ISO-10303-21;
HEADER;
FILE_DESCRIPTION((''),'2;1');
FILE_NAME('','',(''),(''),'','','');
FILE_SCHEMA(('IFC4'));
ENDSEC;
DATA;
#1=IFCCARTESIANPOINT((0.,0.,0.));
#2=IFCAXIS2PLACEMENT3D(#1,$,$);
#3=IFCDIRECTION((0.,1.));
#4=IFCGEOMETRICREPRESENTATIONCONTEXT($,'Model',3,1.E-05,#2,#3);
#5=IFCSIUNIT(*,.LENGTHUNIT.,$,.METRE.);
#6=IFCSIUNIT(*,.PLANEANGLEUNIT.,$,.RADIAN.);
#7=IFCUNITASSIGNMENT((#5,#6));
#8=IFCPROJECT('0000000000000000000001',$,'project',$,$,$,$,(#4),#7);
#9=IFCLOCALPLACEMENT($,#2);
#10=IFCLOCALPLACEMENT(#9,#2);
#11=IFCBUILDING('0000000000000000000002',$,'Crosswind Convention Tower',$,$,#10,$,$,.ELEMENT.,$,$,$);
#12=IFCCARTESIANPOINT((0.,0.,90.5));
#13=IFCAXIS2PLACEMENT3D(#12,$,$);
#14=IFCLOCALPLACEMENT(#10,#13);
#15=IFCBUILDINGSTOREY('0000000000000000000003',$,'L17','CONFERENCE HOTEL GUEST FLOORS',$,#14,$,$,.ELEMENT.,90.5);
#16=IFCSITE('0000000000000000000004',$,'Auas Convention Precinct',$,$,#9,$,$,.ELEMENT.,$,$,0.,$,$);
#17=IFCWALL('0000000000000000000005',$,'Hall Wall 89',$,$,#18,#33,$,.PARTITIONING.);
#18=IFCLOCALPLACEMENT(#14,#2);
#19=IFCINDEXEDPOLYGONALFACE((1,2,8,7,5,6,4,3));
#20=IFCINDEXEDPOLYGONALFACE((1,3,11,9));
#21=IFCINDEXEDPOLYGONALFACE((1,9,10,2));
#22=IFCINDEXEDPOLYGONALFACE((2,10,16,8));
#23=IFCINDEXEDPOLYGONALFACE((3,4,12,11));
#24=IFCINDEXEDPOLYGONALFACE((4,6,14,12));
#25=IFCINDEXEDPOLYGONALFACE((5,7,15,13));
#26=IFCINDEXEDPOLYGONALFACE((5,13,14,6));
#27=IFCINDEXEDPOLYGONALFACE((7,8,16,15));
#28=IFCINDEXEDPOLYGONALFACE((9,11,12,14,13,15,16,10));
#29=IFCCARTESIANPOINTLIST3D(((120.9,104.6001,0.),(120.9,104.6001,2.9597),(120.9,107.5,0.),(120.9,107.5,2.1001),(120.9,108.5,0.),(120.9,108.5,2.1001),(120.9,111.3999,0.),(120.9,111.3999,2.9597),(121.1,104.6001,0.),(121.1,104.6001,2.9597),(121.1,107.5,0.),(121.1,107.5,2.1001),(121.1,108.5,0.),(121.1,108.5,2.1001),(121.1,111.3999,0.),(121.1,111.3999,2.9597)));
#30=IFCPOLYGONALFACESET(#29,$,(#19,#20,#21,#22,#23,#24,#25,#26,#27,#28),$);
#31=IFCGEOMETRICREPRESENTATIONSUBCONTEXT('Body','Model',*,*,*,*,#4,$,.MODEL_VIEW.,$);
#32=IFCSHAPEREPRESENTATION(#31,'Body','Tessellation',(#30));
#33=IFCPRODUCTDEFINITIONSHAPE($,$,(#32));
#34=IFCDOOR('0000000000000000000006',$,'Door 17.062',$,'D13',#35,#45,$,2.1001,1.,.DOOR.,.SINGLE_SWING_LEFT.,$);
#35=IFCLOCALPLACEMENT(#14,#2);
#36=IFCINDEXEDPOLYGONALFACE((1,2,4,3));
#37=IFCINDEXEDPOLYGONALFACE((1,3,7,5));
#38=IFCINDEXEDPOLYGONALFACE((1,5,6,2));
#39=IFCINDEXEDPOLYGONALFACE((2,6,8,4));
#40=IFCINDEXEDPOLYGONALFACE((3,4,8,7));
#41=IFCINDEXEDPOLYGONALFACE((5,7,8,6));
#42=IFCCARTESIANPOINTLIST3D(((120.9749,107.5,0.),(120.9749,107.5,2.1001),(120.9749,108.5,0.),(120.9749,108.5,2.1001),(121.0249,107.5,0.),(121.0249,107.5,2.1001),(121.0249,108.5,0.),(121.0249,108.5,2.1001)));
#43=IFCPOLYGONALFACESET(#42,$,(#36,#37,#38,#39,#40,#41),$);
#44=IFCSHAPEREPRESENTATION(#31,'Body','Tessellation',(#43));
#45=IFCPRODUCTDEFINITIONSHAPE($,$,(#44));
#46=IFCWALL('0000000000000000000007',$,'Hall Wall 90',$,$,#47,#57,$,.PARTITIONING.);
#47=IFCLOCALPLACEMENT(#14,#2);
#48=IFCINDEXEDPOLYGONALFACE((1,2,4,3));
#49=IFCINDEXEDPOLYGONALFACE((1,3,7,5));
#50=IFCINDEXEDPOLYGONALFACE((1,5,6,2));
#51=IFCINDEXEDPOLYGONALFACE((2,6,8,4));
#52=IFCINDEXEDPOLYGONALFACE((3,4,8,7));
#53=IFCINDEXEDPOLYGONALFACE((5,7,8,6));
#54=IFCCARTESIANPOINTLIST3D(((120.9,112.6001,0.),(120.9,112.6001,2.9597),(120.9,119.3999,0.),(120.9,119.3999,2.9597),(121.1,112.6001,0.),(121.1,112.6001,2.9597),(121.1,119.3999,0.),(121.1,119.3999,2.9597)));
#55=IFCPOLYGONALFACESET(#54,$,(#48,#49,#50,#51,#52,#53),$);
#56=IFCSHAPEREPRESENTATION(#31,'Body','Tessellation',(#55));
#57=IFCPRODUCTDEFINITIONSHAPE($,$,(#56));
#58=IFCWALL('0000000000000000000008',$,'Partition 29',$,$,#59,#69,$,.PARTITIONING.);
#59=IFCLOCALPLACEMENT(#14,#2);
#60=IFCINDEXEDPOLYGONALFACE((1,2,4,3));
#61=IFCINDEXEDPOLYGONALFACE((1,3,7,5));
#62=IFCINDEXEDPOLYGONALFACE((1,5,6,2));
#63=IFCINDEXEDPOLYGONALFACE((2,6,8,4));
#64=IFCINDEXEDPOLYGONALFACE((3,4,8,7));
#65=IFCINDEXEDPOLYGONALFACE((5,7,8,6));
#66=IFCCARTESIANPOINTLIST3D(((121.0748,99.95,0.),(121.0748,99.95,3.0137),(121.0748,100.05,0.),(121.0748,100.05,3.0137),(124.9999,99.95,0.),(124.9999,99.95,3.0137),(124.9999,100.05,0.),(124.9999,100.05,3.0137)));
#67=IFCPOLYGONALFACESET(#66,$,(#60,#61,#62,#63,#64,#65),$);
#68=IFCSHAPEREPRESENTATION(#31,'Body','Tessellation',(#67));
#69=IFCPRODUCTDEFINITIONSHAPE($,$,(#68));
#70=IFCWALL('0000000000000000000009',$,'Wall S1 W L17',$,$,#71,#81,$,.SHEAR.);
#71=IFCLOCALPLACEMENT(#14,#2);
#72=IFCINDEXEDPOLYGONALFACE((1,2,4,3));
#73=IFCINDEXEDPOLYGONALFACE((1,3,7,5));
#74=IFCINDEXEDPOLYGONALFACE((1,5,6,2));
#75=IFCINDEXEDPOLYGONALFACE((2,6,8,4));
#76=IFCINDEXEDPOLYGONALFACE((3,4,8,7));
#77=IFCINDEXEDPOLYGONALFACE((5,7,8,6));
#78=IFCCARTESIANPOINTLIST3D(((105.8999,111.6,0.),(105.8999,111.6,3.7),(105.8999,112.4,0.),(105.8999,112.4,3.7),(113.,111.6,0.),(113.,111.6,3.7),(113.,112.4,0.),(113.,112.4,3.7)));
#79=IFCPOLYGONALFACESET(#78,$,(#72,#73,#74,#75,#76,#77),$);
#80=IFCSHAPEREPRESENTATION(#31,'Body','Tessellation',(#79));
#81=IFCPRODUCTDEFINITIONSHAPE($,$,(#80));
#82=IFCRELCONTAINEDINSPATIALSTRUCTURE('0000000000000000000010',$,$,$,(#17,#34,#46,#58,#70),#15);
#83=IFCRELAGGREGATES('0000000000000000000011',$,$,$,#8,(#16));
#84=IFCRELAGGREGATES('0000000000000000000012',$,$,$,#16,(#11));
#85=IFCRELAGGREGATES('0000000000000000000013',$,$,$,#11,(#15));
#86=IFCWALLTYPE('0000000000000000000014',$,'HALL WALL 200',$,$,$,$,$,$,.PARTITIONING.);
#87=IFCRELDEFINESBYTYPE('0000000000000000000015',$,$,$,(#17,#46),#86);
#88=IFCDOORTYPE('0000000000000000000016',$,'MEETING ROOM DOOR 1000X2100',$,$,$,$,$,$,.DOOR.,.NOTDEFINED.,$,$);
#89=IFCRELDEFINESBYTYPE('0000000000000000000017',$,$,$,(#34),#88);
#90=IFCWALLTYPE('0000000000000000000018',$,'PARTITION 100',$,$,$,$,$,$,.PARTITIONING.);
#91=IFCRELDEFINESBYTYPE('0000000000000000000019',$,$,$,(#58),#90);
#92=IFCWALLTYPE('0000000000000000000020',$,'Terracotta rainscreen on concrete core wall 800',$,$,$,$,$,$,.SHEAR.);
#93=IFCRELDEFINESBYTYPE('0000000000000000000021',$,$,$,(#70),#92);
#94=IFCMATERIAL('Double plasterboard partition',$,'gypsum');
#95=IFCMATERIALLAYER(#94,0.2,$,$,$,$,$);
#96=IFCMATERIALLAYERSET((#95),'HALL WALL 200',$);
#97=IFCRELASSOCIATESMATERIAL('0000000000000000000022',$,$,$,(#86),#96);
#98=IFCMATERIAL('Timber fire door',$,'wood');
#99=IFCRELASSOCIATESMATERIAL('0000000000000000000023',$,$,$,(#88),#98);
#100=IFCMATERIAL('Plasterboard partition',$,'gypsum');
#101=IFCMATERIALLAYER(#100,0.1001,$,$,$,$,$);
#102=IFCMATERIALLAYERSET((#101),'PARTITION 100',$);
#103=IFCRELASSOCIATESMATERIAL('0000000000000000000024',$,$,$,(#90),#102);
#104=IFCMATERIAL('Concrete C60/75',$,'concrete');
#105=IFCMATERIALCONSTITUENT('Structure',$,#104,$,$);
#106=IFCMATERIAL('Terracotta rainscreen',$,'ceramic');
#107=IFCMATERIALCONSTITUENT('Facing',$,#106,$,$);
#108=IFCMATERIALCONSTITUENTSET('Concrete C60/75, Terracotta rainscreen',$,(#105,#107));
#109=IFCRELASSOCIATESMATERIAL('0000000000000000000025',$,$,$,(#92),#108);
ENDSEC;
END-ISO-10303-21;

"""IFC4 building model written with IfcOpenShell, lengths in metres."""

from ifc_helpers import new_model, si_unit, direction, frame, frame_2d, origin, place, context, subcontext, project, spatial, rectangle, extrude, material, layer, layer_set, constituent, constituent_set, type_object, element, fill, save


model = new_model("IFC4")

# Units and contexts
model_context = context("Model", 3, precision=1e-05, world=origin(), true_north=direction((0.0, 1.0)))
body_context = subcontext(model_context, "Body", "Model", "MODEL_VIEW")
ifc_project = project(units=[si_unit("LENGTHUNIT", "METRE"), si_unit("PLANEANGLEUNIT", "RADIAN")], contexts=[model_context])

# Site, building, storey
site_placement = place(None, origin())
site = spatial("IfcSite", under=ifc_project, at=site_placement, Name="Auas Convention Precinct", CompositionType="ELEMENT", RefElevation=0.0)
building_placement = place(site_placement, origin())
building = spatial("IfcBuilding", under=site, at=building_placement, Name="Crosswind Convention Tower", CompositionType="ELEMENT")
storey_placement = place(building_placement, frame((0.0, 0.0, 90.5)))
storey = spatial("IfcBuildingStorey", under=building, at=storey_placement, Name="L17", Description="CONFERENCE HOTEL GUEST FLOORS", CompositionType="ELEMENT", Elevation=90.5)

# Shared definitions
ifc_material_1 = material(Name="Plasterboard partition", Category="gypsum")

# Shared definitions
ifc_material_2 = material(Name="Timber fire door", Category="wood")

# Wall, opening, door
ifc_material_3 = material(Name="Double plasterboard partition", Category="gypsum")
ifc_layer_1 = layer(ifc_material_3, 0.2)
ifc_layer_set_1 = layer_set([ifc_layer_1], Name="HALL WALL 200")
wall_type_1 = type_object("IfcWallType", Name="HALL WALL 200", PredefinedType="PARTITIONING", material=ifc_layer_set_1)
wall_1_placement = place(storey_placement, frame((121.0, 104.6001, 0.0), z_axis=(0.0, 0.0, 1.0), x_axis=(0.0, 1.0, 0.0)))
wall_1 = element("IfcWall", 1, at=wall_1_placement, inside=storey, type_object=wall_type_1, Name="Hall Wall 89", PredefinedType="PARTITIONING", context=body_context, shape_type="SweptSolid", body=[
    extrude(rectangle(XDim=6.7998, YDim=0.2, at=frame_2d((3.3999, 0.0))), origin(), (0.0, 0.0, 1.0), 2.9597),
])
opening_1_placement = place(wall_1_placement, frame((2.8999, 0.0, 0.0)))
opening_1 = element("IfcOpeningElement", 2, at=opening_1_placement, cuts=wall_1, PredefinedType="OPENING", context=body_context, shape_type="SweptSolid", body=[
    extrude(rectangle(XDim=1.0, YDim=2.1001, at=frame_2d((0.5, 1.05))), frame((0.0, 0.1099, 0.0), z_axis=(0.0, -1.0, 0.0), x_axis=(1.0, 0.0, 0.0)), (0.0, 0.0, 1.0), 0.22),
])
door_type_1 = type_object("IfcDoorType", Name="MEETING ROOM DOOR 1000X2100", OperationType="NOTDEFINED", PredefinedType="DOOR", material=ifc_material_2)
door_1_placement = place(opening_1_placement, frame((1.0, 0.0, 0.0), z_axis=(0.0, 0.0, 1.0), x_axis=(-1.0, 0.0, 0.0)))
door_1 = element("IfcDoor", 3, at=door_1_placement, inside=storey, type_object=door_type_1, Name="Door 17.062", ObjectType="D13", OperationType="SINGLE_SWING_LEFT", OverallHeight=2.1001, OverallWidth=1.0, PredefinedType="DOOR", context=body_context, shape_type="SweptSolid", body=[
    extrude(rectangle(XDim=1.0, YDim=2.1001, at=frame_2d((0.5, 1.05))), frame((0.0, 0.0249, 0.0), z_axis=(0.0, -1.0, 0.0), x_axis=(1.0, 0.0, 0.0)), (0.0, 0.0, 1.0), 0.05),
])
fill(opening_1, door_1)

# Walls
wall_2_placement = place(storey_placement, frame((121.0, 112.6001, 0.0), z_axis=(0.0, 0.0, 1.0), x_axis=(0.0, 1.0, 0.0)))
element("IfcWall", 4, at=wall_2_placement, inside=storey, type_object=wall_type_1, Name="Hall Wall 90", PredefinedType="PARTITIONING", context=body_context, shape_type="SweptSolid", body=[
    extrude(rectangle(XDim=6.7998, YDim=0.2, at=frame_2d((3.3999, 0.0))), origin(), (0.0, 0.0, 1.0), 2.9597),
])
ifc_layer_2 = layer(ifc_material_1, 0.1001)
ifc_layer_set_2 = layer_set([ifc_layer_2], Name="PARTITION 100")
wall_type_2 = type_object("IfcWallType", Name="PARTITION 100", PredefinedType="PARTITIONING", material=ifc_layer_set_2)
wall_3_placement = place(storey_placement, frame((121.075, 100.0, 0.0), z_axis=(0.0, 0.0, 1.0), x_axis=(1.0, 0.0, 0.0)))
element("IfcWall", 5, at=wall_3_placement, inside=storey, type_object=wall_type_2, Name="Partition 29", PredefinedType="PARTITIONING", context=body_context, shape_type="SweptSolid", body=[
    extrude(rectangle(XDim=3.925, YDim=0.1001, at=frame_2d((1.9624, 0.0))), origin(), (0.0, 0.0, 1.0), 3.0137),
])
ifc_material_4 = material(Name="Concrete C60/75", Category="concrete")
ifc_constituent_1 = constituent(ifc_material_4, Name="Structure")
ifc_material_5 = material(Name="Terracotta rainscreen", Category="ceramic")
ifc_constituent_2 = constituent(ifc_material_5, Name="Facing")
ifc_constituent_set = constituent_set(constituents=[ifc_constituent_1, ifc_constituent_2], Name="Concrete C60/75, Terracotta rainscreen")
wall_type_3 = type_object("IfcWallType", Name="Terracotta rainscreen on concrete core wall 800", PredefinedType="SHEAR", material=ifc_constituent_set)
wall_4_placement = place(storey_placement, frame((113.0, 112.0, 0.0), z_axis=(0.0, 0.0, 1.0), x_axis=(-1.0, 0.0, 0.0)))
element("IfcWall", 6, at=wall_4_placement, inside=storey, type_object=wall_type_3, Name="Wall S1 W L17", PredefinedType="SHEAR", context=body_context, shape_type="SweptSolid", body=[
    extrude(rectangle(XDim=7.1001, YDim=0.8, at=frame_2d((3.55, 0.0))), origin(), (0.0, 0.0, 1.0), 3.7),
])

save(model, "model.ifc")
